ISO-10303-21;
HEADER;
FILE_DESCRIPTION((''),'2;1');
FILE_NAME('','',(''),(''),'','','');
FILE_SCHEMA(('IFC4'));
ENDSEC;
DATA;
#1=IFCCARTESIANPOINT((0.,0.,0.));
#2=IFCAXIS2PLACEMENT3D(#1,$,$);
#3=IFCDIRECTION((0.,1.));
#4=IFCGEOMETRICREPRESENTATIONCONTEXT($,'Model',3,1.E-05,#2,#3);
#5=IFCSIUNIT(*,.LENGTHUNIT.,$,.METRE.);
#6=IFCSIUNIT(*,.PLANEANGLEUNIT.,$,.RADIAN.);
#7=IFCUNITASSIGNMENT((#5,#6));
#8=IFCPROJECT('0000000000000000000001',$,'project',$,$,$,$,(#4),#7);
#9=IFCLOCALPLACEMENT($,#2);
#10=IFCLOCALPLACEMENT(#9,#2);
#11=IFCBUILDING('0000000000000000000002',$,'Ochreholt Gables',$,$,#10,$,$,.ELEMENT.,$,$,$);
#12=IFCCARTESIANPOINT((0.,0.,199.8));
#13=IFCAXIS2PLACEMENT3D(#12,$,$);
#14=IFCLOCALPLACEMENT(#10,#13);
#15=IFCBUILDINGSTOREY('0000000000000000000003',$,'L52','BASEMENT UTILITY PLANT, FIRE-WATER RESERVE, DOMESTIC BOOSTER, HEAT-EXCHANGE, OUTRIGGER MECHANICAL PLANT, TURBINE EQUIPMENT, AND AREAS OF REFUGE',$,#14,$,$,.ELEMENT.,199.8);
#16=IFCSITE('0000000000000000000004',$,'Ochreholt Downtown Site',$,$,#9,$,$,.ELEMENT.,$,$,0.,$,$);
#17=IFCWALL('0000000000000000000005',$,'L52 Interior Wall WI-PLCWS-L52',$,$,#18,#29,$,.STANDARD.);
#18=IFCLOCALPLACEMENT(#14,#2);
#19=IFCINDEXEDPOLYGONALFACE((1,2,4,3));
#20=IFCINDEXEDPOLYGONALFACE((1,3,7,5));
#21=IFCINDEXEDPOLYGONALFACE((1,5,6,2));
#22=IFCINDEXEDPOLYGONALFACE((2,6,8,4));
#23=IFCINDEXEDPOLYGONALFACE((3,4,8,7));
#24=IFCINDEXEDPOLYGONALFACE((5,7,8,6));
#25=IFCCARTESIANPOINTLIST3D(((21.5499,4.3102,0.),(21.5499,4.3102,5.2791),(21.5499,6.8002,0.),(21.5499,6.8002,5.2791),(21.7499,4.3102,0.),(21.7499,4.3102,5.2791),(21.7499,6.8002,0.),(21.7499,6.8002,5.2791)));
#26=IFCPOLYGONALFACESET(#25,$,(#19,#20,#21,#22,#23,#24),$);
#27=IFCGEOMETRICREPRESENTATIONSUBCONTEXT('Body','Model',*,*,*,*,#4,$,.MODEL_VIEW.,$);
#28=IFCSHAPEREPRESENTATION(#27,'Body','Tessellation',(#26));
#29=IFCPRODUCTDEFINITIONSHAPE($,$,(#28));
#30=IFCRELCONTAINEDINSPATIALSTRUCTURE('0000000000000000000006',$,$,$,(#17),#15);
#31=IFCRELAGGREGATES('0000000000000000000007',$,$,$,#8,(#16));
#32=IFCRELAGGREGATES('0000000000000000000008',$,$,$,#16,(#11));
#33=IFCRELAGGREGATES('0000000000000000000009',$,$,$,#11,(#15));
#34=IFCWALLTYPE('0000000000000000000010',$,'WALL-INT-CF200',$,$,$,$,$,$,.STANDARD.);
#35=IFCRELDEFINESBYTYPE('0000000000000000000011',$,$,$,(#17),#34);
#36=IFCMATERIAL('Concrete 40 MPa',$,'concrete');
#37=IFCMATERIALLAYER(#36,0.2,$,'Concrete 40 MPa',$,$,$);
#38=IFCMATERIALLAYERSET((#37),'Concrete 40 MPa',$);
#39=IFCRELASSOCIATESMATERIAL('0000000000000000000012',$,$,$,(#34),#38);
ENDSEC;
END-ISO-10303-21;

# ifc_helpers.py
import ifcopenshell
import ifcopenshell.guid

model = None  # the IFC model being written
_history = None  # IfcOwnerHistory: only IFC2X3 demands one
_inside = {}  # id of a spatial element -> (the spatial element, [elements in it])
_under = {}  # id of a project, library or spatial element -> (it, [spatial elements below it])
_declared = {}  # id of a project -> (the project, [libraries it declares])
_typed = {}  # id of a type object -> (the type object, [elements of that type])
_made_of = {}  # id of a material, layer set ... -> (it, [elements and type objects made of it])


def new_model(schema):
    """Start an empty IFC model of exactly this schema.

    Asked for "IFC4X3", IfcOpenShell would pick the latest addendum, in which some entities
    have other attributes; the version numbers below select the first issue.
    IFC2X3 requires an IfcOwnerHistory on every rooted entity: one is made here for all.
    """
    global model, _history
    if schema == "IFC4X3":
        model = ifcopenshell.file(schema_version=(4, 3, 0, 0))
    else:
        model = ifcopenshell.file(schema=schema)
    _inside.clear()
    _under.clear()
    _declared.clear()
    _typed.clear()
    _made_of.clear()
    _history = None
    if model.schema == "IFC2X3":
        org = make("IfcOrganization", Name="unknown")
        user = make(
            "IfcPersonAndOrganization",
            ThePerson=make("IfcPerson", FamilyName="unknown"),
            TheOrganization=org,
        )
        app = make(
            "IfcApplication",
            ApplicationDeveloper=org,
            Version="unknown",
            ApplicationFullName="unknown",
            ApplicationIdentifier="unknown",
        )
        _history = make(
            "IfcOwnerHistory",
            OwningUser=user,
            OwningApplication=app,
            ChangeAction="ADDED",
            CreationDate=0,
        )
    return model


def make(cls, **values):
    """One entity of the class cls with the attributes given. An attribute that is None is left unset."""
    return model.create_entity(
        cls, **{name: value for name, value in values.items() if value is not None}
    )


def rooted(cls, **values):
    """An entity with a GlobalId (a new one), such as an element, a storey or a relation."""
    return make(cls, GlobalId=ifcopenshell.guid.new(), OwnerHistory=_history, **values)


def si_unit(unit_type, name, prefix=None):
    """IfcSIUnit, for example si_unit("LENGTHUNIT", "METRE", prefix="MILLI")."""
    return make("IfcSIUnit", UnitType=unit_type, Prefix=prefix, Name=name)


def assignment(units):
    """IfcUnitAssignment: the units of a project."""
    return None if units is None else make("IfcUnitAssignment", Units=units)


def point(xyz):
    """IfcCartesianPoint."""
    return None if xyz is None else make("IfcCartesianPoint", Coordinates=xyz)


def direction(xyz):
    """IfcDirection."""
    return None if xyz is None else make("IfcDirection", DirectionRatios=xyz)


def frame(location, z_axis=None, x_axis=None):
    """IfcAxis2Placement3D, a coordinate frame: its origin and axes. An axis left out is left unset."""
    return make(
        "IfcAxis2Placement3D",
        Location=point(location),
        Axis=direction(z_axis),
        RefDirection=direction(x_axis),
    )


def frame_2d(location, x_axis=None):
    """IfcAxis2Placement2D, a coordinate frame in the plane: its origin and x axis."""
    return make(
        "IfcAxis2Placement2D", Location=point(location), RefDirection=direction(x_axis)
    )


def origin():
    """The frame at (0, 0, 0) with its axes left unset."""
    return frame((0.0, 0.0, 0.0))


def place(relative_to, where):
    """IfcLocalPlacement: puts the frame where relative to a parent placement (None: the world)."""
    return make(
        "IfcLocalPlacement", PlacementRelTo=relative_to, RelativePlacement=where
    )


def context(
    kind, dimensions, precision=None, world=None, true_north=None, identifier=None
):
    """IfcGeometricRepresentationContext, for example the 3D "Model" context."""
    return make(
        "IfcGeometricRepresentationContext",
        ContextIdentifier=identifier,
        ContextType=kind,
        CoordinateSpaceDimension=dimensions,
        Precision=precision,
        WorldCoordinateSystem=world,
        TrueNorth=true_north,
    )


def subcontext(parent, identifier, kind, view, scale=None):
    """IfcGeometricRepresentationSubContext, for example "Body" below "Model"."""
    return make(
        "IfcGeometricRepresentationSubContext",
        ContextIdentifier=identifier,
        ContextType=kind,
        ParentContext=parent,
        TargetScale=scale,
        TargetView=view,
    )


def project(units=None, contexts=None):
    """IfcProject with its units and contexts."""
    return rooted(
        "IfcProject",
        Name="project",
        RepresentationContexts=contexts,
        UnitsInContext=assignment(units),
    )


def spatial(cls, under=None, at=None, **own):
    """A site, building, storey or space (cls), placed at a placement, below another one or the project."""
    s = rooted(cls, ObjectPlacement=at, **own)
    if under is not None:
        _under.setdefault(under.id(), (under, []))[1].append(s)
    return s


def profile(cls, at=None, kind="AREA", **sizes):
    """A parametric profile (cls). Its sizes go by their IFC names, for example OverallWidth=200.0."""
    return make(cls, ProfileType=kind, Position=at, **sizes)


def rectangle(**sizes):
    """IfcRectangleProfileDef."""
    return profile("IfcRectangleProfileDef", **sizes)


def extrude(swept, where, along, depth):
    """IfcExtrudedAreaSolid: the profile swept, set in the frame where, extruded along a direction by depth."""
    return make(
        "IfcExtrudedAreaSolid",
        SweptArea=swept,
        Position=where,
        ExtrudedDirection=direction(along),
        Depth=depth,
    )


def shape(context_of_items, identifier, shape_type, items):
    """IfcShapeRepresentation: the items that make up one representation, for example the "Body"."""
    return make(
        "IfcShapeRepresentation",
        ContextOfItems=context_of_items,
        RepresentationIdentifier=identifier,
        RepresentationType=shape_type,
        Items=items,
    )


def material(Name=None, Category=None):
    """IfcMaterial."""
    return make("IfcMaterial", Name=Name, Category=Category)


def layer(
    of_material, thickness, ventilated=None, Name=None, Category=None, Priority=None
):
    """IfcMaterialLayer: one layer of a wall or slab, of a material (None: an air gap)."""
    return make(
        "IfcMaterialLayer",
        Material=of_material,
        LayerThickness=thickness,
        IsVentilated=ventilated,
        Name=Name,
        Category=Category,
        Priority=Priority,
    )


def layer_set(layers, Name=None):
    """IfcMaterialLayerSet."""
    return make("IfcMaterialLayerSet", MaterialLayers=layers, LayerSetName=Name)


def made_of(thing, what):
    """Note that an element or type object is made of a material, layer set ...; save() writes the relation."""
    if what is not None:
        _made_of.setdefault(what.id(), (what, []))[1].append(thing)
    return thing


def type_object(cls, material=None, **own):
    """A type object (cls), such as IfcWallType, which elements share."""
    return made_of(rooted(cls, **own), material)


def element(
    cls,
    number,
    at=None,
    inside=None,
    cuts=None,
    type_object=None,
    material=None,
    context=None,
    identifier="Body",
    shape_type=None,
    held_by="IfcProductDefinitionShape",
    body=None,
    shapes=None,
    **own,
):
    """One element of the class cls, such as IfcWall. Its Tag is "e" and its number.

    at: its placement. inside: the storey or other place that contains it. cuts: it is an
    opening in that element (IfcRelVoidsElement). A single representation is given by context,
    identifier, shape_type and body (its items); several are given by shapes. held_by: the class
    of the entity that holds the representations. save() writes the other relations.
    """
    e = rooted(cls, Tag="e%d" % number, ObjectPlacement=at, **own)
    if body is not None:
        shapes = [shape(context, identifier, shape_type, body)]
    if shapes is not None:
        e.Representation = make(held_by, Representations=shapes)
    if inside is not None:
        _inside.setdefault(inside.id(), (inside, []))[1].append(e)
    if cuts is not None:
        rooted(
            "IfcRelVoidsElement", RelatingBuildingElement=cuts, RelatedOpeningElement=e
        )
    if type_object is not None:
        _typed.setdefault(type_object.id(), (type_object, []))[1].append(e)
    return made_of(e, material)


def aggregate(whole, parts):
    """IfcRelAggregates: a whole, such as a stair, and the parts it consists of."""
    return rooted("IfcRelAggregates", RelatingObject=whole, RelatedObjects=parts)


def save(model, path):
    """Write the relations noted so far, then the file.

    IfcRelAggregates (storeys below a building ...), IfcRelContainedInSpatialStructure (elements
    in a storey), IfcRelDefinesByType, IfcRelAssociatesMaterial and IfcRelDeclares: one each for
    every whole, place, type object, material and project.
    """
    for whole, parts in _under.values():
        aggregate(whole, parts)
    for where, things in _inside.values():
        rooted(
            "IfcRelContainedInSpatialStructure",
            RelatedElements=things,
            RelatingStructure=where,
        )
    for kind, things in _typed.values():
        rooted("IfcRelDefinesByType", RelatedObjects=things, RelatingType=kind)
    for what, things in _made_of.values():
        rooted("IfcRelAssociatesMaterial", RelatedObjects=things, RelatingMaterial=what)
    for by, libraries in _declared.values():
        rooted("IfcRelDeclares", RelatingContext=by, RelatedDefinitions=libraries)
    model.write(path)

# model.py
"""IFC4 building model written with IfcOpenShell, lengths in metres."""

from ifc_helpers import new_model, si_unit, direction, frame, frame_2d, origin, place, context, subcontext, project, spatial, rectangle, extrude, material, layer, layer_set, type_object, element, save


model = new_model("IFC4")

# Units and contexts
model_context = context("Model", 3, precision=1e-05, world=origin(), true_north=direction((0.0, 1.0)))
body_context = subcontext(model_context, "Body", "Model", "MODEL_VIEW")
ifc_project = project(units=[si_unit("LENGTHUNIT", "METRE"), si_unit("PLANEANGLEUNIT", "RADIAN")], contexts=[model_context])

# Site, building, storey
site_placement = place(None, origin())
site = spatial("IfcSite", under=ifc_project, at=site_placement, Name="Ochreholt Downtown Site", CompositionType="ELEMENT", RefElevation=0.0)
building_placement = place(site_placement, origin())
building = spatial("IfcBuilding", under=site, at=building_placement, Name="Ochreholt Gables", CompositionType="ELEMENT")
storey_placement = place(building_placement, frame((0.0, 0.0, 199.8)))
storey = spatial("IfcBuildingStorey", under=building, at=storey_placement, Name="L52", Description="BASEMENT UTILITY PLANT, FIRE-WATER RESERVE, DOMESTIC BOOSTER, HEAT-EXCHANGE, OUTRIGGER MECHANICAL PLANT, TURBINE EQUIPMENT, AND AREAS OF REFUGE", CompositionType="ELEMENT", Elevation=199.8)

# Shared definitions
ifc_material_1 = material(Name="Concrete 40 MPa", Category="concrete")
ifc_layer_1 = layer(ifc_material_1, 0.2, Name="Concrete 40 MPa")
ifc_layer_set_1 = layer_set([ifc_layer_1], Name="Concrete 40 MPa")
wall_type_1 = type_object("IfcWallType", Name="WALL-INT-CF200", PredefinedType="STANDARD", material=ifc_layer_set_1)

# Wall
wall_1_placement = place(storey_placement, frame((21.6499, 4.3101, 0.0), z_axis=(0.0, 0.0, 1.0), x_axis=(0.0, 1.0, 0.0)))
element("IfcWall", 1, at=wall_1_placement, inside=storey, type_object=wall_type_1, Name="L52 Interior Wall WI-PLCWS-L52", PredefinedType="STANDARD", context=body_context, shape_type="SweptSolid", body=[
    extrude(rectangle(XDim=2.49, YDim=0.2, at=frame_2d((1.2451, 0.0))), origin(), (0.0, 0.0, 1.0), 5.2791),
])

save(model, "model.ifc")
